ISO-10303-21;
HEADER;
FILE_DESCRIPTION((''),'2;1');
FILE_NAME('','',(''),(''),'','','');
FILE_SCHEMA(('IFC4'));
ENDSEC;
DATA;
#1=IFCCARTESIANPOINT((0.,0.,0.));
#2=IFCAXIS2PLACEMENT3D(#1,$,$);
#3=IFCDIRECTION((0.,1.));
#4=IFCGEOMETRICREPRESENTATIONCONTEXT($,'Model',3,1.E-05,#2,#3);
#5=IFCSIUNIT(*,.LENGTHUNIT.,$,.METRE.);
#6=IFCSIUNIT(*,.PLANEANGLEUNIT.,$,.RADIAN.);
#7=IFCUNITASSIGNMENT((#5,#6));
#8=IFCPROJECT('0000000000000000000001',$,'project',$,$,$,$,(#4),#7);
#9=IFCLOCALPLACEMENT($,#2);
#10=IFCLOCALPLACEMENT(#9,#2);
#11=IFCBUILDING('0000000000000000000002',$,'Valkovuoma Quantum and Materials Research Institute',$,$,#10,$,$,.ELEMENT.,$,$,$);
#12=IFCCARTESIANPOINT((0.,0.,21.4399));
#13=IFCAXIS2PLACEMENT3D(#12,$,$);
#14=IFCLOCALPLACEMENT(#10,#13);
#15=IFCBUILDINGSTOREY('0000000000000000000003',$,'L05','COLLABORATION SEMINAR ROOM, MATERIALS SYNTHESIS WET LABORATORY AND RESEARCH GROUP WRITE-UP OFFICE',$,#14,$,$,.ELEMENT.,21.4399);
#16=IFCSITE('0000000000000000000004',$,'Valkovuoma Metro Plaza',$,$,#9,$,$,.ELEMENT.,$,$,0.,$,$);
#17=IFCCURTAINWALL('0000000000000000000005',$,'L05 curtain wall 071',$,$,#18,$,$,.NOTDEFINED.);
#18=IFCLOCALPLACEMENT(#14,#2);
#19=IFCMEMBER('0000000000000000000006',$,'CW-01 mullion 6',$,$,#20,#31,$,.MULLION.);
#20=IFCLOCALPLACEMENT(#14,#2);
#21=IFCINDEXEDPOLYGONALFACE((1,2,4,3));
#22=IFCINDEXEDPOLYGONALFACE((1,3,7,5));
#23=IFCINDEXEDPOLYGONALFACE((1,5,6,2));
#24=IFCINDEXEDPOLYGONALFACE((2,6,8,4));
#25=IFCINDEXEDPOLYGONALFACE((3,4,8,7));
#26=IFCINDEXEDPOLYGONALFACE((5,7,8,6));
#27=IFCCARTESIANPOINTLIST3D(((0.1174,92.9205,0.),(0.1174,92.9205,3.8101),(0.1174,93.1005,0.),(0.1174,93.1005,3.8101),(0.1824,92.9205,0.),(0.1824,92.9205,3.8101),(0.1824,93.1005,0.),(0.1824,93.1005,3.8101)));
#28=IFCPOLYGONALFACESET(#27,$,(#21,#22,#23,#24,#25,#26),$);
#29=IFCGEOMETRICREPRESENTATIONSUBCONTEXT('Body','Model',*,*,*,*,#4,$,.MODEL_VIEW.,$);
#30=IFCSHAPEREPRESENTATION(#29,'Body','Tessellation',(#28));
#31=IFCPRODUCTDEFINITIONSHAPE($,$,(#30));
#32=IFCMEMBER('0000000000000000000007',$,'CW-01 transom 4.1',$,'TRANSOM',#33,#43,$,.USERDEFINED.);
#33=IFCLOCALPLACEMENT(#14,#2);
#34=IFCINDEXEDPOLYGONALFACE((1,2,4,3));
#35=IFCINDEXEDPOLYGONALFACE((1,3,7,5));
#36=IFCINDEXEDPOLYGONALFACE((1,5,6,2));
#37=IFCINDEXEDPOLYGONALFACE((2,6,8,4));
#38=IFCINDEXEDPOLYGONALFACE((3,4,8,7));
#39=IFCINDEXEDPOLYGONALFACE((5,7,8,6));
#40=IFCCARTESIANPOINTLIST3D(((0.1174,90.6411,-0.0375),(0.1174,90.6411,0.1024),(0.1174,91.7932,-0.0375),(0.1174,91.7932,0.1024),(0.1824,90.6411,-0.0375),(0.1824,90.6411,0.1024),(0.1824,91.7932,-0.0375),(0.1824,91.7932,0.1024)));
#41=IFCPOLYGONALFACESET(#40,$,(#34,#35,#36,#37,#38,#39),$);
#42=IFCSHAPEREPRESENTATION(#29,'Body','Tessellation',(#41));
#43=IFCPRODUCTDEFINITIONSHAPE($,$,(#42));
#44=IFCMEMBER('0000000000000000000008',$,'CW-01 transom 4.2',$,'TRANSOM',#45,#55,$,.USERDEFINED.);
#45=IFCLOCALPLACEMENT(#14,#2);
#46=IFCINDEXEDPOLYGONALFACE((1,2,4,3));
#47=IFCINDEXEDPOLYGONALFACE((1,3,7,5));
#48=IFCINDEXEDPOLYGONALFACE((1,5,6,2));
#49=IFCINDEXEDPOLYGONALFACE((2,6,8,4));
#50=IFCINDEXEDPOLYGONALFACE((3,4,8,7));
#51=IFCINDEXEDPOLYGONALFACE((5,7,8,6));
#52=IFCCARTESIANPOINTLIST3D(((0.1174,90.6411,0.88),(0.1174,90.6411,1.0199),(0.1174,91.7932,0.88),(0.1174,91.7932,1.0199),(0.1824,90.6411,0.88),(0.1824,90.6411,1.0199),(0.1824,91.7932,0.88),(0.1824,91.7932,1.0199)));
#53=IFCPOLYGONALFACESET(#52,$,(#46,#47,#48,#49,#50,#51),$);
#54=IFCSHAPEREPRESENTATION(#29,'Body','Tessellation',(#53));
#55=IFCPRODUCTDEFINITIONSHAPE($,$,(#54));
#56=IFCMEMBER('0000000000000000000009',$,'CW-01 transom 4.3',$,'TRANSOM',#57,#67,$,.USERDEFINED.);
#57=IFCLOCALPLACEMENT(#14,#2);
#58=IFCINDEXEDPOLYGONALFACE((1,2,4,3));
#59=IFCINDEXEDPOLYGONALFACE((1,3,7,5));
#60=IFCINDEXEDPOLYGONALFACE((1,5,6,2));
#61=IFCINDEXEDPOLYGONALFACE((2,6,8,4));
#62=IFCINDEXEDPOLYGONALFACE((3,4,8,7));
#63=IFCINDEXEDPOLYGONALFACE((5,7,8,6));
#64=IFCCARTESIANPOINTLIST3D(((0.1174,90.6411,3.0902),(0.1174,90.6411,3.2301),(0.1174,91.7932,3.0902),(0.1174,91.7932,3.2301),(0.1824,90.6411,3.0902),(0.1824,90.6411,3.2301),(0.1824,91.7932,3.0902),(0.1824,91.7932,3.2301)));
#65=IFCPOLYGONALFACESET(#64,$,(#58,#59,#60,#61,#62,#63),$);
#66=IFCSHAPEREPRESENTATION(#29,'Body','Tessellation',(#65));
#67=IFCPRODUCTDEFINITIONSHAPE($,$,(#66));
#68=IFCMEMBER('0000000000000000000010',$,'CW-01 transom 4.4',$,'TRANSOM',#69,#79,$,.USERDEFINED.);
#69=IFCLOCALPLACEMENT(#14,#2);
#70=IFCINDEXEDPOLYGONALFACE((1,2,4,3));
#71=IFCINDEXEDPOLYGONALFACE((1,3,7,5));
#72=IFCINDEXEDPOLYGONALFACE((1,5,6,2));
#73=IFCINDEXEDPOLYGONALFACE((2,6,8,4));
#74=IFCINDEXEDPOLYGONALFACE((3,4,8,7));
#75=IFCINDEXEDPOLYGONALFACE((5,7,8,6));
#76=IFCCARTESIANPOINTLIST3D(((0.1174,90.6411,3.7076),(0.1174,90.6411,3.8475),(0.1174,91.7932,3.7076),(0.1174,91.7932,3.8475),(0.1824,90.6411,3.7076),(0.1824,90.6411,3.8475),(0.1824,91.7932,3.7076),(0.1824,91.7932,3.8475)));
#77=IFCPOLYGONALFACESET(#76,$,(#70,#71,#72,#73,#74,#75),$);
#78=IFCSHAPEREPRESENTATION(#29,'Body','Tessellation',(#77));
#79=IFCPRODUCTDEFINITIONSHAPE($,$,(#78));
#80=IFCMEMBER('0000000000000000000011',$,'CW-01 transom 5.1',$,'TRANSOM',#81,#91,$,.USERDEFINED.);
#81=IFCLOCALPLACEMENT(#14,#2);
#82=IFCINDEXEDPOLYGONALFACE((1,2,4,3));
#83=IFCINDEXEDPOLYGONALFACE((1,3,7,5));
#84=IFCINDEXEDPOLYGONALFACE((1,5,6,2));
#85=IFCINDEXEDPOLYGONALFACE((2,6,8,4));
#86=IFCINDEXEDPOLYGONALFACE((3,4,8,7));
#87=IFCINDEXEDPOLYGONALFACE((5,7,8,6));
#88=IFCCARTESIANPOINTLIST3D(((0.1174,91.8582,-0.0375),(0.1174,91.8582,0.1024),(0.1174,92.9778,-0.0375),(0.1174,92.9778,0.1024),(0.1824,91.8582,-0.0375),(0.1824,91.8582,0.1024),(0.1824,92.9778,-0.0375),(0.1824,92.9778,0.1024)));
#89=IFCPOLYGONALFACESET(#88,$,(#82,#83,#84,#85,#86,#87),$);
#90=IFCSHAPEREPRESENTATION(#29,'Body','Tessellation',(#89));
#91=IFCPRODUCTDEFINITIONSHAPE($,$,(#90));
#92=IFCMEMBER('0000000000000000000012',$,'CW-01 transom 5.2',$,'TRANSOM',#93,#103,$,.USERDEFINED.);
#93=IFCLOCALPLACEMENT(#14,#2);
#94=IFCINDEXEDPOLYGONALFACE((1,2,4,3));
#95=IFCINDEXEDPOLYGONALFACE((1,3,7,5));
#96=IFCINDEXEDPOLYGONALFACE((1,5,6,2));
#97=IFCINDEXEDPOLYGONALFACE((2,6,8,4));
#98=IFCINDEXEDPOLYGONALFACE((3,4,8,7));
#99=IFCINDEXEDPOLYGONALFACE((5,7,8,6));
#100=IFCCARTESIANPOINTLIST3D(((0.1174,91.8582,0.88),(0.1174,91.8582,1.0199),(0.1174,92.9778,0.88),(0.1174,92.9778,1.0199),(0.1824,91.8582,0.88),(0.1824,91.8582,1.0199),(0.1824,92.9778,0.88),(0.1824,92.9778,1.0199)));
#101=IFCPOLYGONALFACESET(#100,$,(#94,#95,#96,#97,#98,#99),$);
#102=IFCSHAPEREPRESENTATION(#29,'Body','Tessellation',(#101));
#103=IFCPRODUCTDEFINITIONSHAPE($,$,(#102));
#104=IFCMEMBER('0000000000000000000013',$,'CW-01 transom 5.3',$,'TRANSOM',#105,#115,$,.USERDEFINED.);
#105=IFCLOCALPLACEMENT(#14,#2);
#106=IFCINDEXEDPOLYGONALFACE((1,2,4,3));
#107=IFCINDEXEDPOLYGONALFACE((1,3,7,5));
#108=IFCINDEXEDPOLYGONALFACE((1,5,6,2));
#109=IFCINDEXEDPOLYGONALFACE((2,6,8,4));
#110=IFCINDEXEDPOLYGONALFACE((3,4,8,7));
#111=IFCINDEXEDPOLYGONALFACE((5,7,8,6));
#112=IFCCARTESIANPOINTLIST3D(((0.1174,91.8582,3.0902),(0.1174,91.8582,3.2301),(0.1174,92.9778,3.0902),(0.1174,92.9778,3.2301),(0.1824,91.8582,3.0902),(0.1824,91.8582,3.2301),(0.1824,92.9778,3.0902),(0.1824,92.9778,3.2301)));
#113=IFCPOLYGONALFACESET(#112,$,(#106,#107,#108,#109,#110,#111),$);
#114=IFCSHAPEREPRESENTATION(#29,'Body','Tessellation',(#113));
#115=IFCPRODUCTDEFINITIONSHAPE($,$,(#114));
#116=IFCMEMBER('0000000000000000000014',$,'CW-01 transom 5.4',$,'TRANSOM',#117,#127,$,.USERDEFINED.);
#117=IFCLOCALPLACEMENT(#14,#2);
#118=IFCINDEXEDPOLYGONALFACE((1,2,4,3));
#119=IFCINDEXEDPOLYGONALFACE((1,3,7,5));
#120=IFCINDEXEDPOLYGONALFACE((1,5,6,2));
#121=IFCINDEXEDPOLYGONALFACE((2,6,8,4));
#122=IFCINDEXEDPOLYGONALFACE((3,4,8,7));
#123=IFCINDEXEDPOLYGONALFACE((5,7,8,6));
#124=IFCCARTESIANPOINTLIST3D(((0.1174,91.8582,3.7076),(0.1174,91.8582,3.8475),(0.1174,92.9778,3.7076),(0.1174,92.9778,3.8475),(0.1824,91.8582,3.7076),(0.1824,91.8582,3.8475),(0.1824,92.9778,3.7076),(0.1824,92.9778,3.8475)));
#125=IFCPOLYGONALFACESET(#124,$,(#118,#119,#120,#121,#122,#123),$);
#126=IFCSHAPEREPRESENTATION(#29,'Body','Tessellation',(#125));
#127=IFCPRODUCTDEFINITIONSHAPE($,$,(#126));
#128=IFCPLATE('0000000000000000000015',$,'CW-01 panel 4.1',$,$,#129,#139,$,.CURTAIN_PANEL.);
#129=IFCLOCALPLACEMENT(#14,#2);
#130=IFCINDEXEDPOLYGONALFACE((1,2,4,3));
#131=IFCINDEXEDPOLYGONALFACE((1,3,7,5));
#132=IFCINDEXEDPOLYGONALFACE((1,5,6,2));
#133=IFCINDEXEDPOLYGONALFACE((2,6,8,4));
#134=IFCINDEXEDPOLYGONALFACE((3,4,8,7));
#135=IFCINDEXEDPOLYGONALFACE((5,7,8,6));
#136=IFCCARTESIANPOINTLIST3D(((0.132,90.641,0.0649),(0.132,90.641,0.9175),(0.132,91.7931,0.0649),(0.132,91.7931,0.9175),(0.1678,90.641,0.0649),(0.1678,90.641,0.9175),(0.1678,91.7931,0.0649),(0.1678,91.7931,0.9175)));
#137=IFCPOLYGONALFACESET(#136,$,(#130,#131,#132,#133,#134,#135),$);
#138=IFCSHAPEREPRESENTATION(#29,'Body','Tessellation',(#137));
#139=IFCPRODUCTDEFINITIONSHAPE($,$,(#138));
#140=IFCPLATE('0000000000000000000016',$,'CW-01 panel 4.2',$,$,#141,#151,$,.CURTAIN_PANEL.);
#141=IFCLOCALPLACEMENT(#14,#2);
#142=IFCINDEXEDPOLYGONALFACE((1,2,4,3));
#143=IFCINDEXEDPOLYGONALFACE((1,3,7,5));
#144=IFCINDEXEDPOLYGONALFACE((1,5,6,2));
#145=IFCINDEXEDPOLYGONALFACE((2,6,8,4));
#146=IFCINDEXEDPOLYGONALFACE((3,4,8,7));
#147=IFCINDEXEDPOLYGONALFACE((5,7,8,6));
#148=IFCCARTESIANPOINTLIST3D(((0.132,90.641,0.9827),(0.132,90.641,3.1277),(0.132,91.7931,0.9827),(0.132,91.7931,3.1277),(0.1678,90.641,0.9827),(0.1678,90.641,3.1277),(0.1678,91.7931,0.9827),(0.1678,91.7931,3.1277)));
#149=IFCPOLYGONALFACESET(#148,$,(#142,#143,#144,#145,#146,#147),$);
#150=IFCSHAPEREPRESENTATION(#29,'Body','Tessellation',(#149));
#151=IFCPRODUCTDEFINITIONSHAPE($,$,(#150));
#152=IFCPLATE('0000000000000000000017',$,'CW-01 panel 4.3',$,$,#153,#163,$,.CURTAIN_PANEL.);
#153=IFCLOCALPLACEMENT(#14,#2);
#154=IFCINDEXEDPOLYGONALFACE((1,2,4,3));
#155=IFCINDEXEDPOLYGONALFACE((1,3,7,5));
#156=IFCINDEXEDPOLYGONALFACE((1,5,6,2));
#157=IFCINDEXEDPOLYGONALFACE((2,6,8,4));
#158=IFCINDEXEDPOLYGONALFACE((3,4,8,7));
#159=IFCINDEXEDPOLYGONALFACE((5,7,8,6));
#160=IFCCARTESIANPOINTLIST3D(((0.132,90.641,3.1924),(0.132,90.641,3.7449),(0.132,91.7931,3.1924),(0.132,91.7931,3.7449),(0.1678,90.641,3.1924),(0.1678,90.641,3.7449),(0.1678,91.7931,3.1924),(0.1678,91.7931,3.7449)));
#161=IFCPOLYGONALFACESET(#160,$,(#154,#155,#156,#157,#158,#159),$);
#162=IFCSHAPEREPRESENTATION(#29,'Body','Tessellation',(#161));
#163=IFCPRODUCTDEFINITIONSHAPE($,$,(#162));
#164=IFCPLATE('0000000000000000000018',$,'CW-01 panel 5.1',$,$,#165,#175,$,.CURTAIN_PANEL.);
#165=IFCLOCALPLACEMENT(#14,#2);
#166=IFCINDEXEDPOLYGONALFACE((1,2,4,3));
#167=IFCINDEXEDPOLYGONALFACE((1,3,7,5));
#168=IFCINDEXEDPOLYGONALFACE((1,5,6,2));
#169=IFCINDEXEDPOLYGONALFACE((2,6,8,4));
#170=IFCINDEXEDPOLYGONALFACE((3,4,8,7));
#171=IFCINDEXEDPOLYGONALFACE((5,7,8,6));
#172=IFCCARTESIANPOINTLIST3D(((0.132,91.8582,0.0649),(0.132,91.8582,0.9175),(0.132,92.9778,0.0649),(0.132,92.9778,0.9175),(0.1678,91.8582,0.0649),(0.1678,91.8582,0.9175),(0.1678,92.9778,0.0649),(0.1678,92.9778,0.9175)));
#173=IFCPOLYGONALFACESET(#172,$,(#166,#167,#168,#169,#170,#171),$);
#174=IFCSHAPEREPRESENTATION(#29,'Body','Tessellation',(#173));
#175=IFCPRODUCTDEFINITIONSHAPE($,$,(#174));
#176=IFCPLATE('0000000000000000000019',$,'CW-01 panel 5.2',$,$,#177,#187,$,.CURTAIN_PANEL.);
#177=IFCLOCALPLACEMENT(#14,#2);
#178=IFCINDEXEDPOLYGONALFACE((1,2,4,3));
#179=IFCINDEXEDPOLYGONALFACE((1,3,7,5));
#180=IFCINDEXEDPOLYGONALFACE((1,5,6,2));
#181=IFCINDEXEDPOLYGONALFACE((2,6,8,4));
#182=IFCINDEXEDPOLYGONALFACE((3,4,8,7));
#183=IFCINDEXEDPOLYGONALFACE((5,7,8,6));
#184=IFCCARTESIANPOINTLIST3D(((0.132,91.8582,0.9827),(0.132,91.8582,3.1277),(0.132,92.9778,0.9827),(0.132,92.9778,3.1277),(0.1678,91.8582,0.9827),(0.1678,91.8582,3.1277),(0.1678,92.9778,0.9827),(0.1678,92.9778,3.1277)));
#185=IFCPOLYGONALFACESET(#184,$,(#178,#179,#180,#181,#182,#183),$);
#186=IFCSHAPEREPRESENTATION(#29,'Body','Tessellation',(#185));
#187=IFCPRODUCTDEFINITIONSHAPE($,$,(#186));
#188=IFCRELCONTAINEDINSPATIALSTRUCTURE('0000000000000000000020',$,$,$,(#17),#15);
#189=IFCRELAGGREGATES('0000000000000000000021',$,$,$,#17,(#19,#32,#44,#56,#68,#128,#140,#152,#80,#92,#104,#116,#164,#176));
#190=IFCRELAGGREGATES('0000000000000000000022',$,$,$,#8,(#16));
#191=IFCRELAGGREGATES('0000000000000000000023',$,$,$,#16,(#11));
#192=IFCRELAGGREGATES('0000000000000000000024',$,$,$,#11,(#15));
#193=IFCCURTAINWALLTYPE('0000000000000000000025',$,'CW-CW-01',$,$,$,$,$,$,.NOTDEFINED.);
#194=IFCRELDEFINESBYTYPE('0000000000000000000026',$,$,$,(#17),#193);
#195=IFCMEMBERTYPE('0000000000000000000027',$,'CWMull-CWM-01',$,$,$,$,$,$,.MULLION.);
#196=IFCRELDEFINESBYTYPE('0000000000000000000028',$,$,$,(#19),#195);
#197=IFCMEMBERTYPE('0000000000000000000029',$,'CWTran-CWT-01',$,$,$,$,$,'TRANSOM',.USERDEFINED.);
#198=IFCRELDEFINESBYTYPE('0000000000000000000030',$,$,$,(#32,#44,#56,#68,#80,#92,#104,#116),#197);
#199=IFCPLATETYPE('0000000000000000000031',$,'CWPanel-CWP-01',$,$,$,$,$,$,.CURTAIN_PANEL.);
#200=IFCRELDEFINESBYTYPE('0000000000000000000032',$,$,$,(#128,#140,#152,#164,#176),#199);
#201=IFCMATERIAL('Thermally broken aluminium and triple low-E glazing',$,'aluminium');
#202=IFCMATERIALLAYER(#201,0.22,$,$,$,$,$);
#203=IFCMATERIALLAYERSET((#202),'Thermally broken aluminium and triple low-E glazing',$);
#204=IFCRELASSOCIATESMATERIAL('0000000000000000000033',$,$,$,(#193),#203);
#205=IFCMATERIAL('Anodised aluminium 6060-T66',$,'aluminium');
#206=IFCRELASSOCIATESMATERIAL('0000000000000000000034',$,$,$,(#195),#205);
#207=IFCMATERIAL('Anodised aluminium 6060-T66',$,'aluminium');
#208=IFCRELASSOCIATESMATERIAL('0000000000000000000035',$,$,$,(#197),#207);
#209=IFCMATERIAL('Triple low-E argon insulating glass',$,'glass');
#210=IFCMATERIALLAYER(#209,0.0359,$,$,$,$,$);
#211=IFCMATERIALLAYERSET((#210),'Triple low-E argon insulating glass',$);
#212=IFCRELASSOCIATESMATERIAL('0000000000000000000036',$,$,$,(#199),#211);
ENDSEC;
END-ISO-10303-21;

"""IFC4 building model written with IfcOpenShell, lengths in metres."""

from ifc_helpers import new_model, si_unit, direction, frame, origin, origin_2d, place, context, subcontext, project, spatial, rectangle, extrude, material, layer, layer_set, material_profile, profile_set, type_object, element, aggregate, save


model = new_model("IFC4")

# Units and contexts
model_context = context("Model", 3, precision=1e-05, world=origin(), true_north=direction((0.0, 1.0)))
body_context = subcontext(model_context, "Body", "Model", "MODEL_VIEW")
ifc_project = project(units=[si_unit("LENGTHUNIT", "METRE"), si_unit("PLANEANGLEUNIT", "RADIAN")], contexts=[model_context])

# Site, building, storey
site_placement = place(None, origin())
site = spatial("IfcSite", under=ifc_project, at=site_placement, Name="Valkovuoma Metro Plaza", CompositionType="ELEMENT", RefElevation=0.0)
building_placement = place(site_placement, origin())
building = spatial("IfcBuilding", under=site, at=building_placement, Name="Valkovuoma Quantum and Materials Research Institute", CompositionType="ELEMENT")
storey_placement = place(building_placement, frame((0.0, 0.0, 21.4399)))
storey = spatial("IfcBuildingStorey", under=building, at=storey_placement, Name="L05", Description="COLLABORATION SEMINAR ROOM, MATERIALS SYNTHESIS WET LABORATORY AND RESEARCH GROUP WRITE-UP OFFICE", CompositionType="ELEMENT", Elevation=21.4399)

# Curtain wall, members, plates
ifc_material_1 = material(Name="Thermally broken aluminium and triple low-E glazing", Category="aluminium")
ifc_layer_1 = layer(ifc_material_1, 0.22)
ifc_layer_set_1 = layer_set([ifc_layer_1], Name="Thermally broken aluminium and triple low-E glazing")
curtain_wall_type = type_object("IfcCurtainWallType", Name="CW-CW-01", PredefinedType="NOTDEFINED", material=ifc_layer_set_1)
curtain_wall_placement = place(storey_placement, origin())
curtain_wall = element("IfcCurtainWall", 1, at=curtain_wall_placement, inside=storey, type_object=curtain_wall_type, Name="L05 curtain wall 071", PredefinedType="NOTDEFINED")
ifc_material_2 = material(Name="Anodised aluminium 6060-T66", Category="aluminium")
ifc_material_profile_1 = material_profile(ifc_material_2, rectangle(XDim=0.0649, YDim=0.1799, at=origin_2d()), Name="Anodised aluminium 6060-T66")
ifc_profile_set_1 = profile_set([ifc_material_profile_1], Name="Anodised aluminium 6060-T66")
member_type_1 = type_object("IfcMemberType", Name="CWMull-CWM-01", PredefinedType="MULLION", material=ifc_profile_set_1)
member_1_placement = place(storey_placement, frame((0.1499, 93.0105, 0.0), z_axis=(0.0, 0.0, 1.0), x_axis=(-1.0, 0.0, 0.0)))
member_1 = element("IfcMember", 2, at=member_1_placement, type_object=member_type_1, Name="CW-01 mullion 6", PredefinedType="MULLION", context=body_context, shape_type="SweptSolid", body=[
    extrude(rectangle(XDim=0.0649, YDim=0.1799, at=origin_2d()), origin(), (0.0, 0.0, 1.0), 3.8101),
])
ifc_material_3 = material(Name="Anodised aluminium 6060-T66", Category="aluminium")
ifc_material_profile_2 = material_profile(ifc_material_3, rectangle(XDim=0.0649, YDim=0.1399, at=origin_2d()), Name="Anodised aluminium 6060-T66")
ifc_profile_set_2 = profile_set([ifc_material_profile_2], Name="Anodised aluminium 6060-T66")
member_type_2 = type_object("IfcMemberType", Name="CWTran-CWT-01", ElementType="TRANSOM", PredefinedType="USERDEFINED", material=ifc_profile_set_2)
member_2_placement = place(storey_placement, frame((0.1499, 90.6411, 0.0325), z_axis=(0.0, 1.0, 0.0), x_axis=(-1.0, 0.0, 0.0)))
member_2 = element("IfcMember", 3, at=member_2_placement, type_object=member_type_2, Name="CW-01 transom 4.1", ObjectType="TRANSOM", PredefinedType="USERDEFINED", context=body_context, shape_type="SweptSolid", body=[
    extrude(rectangle(XDim=0.0649, YDim=0.1399, at=origin_2d()), origin(), (0.0, 0.0, 1.0), 1.1521),
])
member_3_placement = place(storey_placement, frame((0.1499, 90.6411, 0.95), z_axis=(0.0, 1.0, 0.0), x_axis=(-1.0, 0.0, 0.0)))
member_3 = element("IfcMember", 4, at=member_3_placement, type_object=member_type_2, Name="CW-01 transom 4.2", ObjectType="TRANSOM", PredefinedType="USERDEFINED", context=body_context, shape_type="SweptSolid", body=[
    extrude(rectangle(XDim=0.0649, YDim=0.1399, at=origin_2d()), origin(), (0.0, 0.0, 1.0), 1.1521),
])
member_4_placement = place(storey_placement, frame((0.1499, 90.6411, 3.1602), z_axis=(0.0, 1.0, 0.0), x_axis=(-1.0, 0.0, 0.0)))
member_4 = element("IfcMember", 5, at=member_4_placement, type_object=member_type_2, Name="CW-01 transom 4.3", ObjectType="TRANSOM", PredefinedType="USERDEFINED", context=body_context, shape_type="SweptSolid", body=[
    extrude(rectangle(XDim=0.0649, YDim=0.1399, at=origin_2d()), origin(), (0.0, 0.0, 1.0), 1.1521),
])
member_5_placement = place(storey_placement, frame((0.1499, 90.6411, 3.7776), z_axis=(0.0, 1.0, 0.0), x_axis=(-1.0, 0.0, 0.0)))
member_5 = element("IfcMember", 6, at=member_5_placement, type_object=member_type_2, Name="CW-01 transom 4.4", ObjectType="TRANSOM", PredefinedType="USERDEFINED", context=body_context, shape_type="SweptSolid", body=[
    extrude(rectangle(XDim=0.0649, YDim=0.1399, at=origin_2d()), origin(), (0.0, 0.0, 1.0), 1.1521),
])
member_6_placement = place(storey_placement, frame((0.1499, 91.8582, 0.0325), z_axis=(0.0, 1.0, 0.0), x_axis=(-1.0, 0.0, 0.0)))
member_6 = element("IfcMember", 7, at=member_6_placement, type_object=member_type_2, Name="CW-01 transom 5.1", ObjectType="TRANSOM", PredefinedType="USERDEFINED", context=body_context, shape_type="SweptSolid", body=[
    extrude(rectangle(XDim=0.0649, YDim=0.1399, at=origin_2d()), origin(), (0.0, 0.0, 1.0), 1.1196),
])
member_7_placement = place(storey_placement, frame((0.1499, 91.8582, 0.95), z_axis=(0.0, 1.0, 0.0), x_axis=(-1.0, 0.0, 0.0)))
member_7 = element("IfcMember", 8, at=member_7_placement, type_object=member_type_2, Name="CW-01 transom 5.2", ObjectType="TRANSOM", PredefinedType="USERDEFINED", context=body_context, shape_type="SweptSolid", body=[
    extrude(rectangle(XDim=0.0649, YDim=0.1399, at=origin_2d()), origin(), (0.0, 0.0, 1.0), 1.1196),
])
member_8_placement = place(storey_placement, frame((0.1499, 91.8582, 3.1602), z_axis=(0.0, 1.0, 0.0), x_axis=(-1.0, 0.0, 0.0)))
member_8 = element("IfcMember", 9, at=member_8_placement, type_object=member_type_2, Name="CW-01 transom 5.3", ObjectType="TRANSOM", PredefinedType="USERDEFINED", context=body_context, shape_type="SweptSolid", body=[
    extrude(rectangle(XDim=0.0649, YDim=0.1399, at=origin_2d()), origin(), (0.0, 0.0, 1.0), 1.1196),
])
member_9_placement = place(storey_placement, frame((0.1499, 91.8582, 3.7776), z_axis=(0.0, 1.0, 0.0), x_axis=(-1.0, 0.0, 0.0)))
member_9 = element("IfcMember", 10, at=member_9_placement, type_object=member_type_2, Name="CW-01 transom 5.4", ObjectType="TRANSOM", PredefinedType="USERDEFINED", context=body_context, shape_type="SweptSolid", body=[
    extrude(rectangle(XDim=0.0649, YDim=0.1399, at=origin_2d()), origin(), (0.0, 0.0, 1.0), 1.1196),
])
ifc_material_4 = material(Name="Triple low-E argon insulating glass", Category="glass")
ifc_layer_2 = layer(ifc_material_4, 0.0359)
ifc_layer_set_2 = layer_set([ifc_layer_2], Name="Triple low-E argon insulating glass")
plate_type = type_object("IfcPlateType", Name="CWPanel-CWP-01", PredefinedType="CURTAIN_PANEL", material=ifc_layer_set_2)
plate_1_placement = place(storey_placement, frame((0.1499, 91.217, 0.0649), z_axis=(0.0, 0.0, 1.0), x_axis=(0.0, 1.0, 0.0)))
plate_1 = element("IfcPlate", 11, at=plate_1_placement, type_object=plate_type, Name="CW-01 panel 4.1", PredefinedType="CURTAIN_PANEL", context=body_context, shape_type="SweptSolid", body=[
    extrude(rectangle(XDim=1.1521, YDim=0.0359, at=origin_2d()), origin(), (0.0, 0.0, 1.0), 0.8525),
])
plate_2_placement = place(storey_placement, frame((0.1499, 91.217, 0.9827), z_axis=(0.0, 0.0, 1.0), x_axis=(0.0, 1.0, 0.0)))
plate_2 = element("IfcPlate", 12, at=plate_2_placement, type_object=plate_type, Name="CW-01 panel 4.2", PredefinedType="CURTAIN_PANEL", context=body_context, shape_type="SweptSolid", body=[
    extrude(rectangle(XDim=1.1521, YDim=0.0359, at=origin_2d()), origin(), (0.0, 0.0, 1.0), 2.145),
])
plate_3_placement = place(storey_placement, frame((0.1499, 91.217, 3.1924), z_axis=(0.0, 0.0, 1.0), x_axis=(0.0, 1.0, 0.0)))
plate_3 = element("IfcPlate", 13, at=plate_3_placement, type_object=plate_type, Name="CW-01 panel 4.3", PredefinedType="CURTAIN_PANEL", context=body_context, shape_type="SweptSolid", body=[
    extrude(rectangle(XDim=1.1521, YDim=0.0359, at=origin_2d()), origin(), (0.0, 0.0, 1.0), 0.5525),
])
plate_4_placement = place(storey_placement, frame((0.1499, 92.418, 0.0649), z_axis=(0.0, 0.0, 1.0), x_axis=(0.0, 1.0, 0.0)))
plate_4 = element("IfcPlate", 14, at=plate_4_placement, type_object=plate_type, Name="CW-01 panel 5.1", PredefinedType="CURTAIN_PANEL", context=body_context, shape_type="SweptSolid", body=[
    extrude(rectangle(XDim=1.1196, YDim=0.0359, at=origin_2d()), origin(), (0.0, 0.0, 1.0), 0.8525),
])
plate_5_placement = place(storey_placement, frame((0.1499, 92.418, 0.9827), z_axis=(0.0, 0.0, 1.0), x_axis=(0.0, 1.0, 0.0)))
plate_5 = element("IfcPlate", 15, at=plate_5_placement, type_object=plate_type, Name="CW-01 panel 5.2", PredefinedType="CURTAIN_PANEL", context=body_context, shape_type="SweptSolid", body=[
    extrude(rectangle(XDim=1.1196, YDim=0.0359, at=origin_2d()), origin(), (0.0, 0.0, 1.0), 2.145),
])
aggregate(curtain_wall, [member_1, member_2, member_3, member_4, member_5, plate_1, plate_2, plate_3, member_6, member_7, member_8, member_9, plate_4, plate_5])

save(model, "model.ifc")
